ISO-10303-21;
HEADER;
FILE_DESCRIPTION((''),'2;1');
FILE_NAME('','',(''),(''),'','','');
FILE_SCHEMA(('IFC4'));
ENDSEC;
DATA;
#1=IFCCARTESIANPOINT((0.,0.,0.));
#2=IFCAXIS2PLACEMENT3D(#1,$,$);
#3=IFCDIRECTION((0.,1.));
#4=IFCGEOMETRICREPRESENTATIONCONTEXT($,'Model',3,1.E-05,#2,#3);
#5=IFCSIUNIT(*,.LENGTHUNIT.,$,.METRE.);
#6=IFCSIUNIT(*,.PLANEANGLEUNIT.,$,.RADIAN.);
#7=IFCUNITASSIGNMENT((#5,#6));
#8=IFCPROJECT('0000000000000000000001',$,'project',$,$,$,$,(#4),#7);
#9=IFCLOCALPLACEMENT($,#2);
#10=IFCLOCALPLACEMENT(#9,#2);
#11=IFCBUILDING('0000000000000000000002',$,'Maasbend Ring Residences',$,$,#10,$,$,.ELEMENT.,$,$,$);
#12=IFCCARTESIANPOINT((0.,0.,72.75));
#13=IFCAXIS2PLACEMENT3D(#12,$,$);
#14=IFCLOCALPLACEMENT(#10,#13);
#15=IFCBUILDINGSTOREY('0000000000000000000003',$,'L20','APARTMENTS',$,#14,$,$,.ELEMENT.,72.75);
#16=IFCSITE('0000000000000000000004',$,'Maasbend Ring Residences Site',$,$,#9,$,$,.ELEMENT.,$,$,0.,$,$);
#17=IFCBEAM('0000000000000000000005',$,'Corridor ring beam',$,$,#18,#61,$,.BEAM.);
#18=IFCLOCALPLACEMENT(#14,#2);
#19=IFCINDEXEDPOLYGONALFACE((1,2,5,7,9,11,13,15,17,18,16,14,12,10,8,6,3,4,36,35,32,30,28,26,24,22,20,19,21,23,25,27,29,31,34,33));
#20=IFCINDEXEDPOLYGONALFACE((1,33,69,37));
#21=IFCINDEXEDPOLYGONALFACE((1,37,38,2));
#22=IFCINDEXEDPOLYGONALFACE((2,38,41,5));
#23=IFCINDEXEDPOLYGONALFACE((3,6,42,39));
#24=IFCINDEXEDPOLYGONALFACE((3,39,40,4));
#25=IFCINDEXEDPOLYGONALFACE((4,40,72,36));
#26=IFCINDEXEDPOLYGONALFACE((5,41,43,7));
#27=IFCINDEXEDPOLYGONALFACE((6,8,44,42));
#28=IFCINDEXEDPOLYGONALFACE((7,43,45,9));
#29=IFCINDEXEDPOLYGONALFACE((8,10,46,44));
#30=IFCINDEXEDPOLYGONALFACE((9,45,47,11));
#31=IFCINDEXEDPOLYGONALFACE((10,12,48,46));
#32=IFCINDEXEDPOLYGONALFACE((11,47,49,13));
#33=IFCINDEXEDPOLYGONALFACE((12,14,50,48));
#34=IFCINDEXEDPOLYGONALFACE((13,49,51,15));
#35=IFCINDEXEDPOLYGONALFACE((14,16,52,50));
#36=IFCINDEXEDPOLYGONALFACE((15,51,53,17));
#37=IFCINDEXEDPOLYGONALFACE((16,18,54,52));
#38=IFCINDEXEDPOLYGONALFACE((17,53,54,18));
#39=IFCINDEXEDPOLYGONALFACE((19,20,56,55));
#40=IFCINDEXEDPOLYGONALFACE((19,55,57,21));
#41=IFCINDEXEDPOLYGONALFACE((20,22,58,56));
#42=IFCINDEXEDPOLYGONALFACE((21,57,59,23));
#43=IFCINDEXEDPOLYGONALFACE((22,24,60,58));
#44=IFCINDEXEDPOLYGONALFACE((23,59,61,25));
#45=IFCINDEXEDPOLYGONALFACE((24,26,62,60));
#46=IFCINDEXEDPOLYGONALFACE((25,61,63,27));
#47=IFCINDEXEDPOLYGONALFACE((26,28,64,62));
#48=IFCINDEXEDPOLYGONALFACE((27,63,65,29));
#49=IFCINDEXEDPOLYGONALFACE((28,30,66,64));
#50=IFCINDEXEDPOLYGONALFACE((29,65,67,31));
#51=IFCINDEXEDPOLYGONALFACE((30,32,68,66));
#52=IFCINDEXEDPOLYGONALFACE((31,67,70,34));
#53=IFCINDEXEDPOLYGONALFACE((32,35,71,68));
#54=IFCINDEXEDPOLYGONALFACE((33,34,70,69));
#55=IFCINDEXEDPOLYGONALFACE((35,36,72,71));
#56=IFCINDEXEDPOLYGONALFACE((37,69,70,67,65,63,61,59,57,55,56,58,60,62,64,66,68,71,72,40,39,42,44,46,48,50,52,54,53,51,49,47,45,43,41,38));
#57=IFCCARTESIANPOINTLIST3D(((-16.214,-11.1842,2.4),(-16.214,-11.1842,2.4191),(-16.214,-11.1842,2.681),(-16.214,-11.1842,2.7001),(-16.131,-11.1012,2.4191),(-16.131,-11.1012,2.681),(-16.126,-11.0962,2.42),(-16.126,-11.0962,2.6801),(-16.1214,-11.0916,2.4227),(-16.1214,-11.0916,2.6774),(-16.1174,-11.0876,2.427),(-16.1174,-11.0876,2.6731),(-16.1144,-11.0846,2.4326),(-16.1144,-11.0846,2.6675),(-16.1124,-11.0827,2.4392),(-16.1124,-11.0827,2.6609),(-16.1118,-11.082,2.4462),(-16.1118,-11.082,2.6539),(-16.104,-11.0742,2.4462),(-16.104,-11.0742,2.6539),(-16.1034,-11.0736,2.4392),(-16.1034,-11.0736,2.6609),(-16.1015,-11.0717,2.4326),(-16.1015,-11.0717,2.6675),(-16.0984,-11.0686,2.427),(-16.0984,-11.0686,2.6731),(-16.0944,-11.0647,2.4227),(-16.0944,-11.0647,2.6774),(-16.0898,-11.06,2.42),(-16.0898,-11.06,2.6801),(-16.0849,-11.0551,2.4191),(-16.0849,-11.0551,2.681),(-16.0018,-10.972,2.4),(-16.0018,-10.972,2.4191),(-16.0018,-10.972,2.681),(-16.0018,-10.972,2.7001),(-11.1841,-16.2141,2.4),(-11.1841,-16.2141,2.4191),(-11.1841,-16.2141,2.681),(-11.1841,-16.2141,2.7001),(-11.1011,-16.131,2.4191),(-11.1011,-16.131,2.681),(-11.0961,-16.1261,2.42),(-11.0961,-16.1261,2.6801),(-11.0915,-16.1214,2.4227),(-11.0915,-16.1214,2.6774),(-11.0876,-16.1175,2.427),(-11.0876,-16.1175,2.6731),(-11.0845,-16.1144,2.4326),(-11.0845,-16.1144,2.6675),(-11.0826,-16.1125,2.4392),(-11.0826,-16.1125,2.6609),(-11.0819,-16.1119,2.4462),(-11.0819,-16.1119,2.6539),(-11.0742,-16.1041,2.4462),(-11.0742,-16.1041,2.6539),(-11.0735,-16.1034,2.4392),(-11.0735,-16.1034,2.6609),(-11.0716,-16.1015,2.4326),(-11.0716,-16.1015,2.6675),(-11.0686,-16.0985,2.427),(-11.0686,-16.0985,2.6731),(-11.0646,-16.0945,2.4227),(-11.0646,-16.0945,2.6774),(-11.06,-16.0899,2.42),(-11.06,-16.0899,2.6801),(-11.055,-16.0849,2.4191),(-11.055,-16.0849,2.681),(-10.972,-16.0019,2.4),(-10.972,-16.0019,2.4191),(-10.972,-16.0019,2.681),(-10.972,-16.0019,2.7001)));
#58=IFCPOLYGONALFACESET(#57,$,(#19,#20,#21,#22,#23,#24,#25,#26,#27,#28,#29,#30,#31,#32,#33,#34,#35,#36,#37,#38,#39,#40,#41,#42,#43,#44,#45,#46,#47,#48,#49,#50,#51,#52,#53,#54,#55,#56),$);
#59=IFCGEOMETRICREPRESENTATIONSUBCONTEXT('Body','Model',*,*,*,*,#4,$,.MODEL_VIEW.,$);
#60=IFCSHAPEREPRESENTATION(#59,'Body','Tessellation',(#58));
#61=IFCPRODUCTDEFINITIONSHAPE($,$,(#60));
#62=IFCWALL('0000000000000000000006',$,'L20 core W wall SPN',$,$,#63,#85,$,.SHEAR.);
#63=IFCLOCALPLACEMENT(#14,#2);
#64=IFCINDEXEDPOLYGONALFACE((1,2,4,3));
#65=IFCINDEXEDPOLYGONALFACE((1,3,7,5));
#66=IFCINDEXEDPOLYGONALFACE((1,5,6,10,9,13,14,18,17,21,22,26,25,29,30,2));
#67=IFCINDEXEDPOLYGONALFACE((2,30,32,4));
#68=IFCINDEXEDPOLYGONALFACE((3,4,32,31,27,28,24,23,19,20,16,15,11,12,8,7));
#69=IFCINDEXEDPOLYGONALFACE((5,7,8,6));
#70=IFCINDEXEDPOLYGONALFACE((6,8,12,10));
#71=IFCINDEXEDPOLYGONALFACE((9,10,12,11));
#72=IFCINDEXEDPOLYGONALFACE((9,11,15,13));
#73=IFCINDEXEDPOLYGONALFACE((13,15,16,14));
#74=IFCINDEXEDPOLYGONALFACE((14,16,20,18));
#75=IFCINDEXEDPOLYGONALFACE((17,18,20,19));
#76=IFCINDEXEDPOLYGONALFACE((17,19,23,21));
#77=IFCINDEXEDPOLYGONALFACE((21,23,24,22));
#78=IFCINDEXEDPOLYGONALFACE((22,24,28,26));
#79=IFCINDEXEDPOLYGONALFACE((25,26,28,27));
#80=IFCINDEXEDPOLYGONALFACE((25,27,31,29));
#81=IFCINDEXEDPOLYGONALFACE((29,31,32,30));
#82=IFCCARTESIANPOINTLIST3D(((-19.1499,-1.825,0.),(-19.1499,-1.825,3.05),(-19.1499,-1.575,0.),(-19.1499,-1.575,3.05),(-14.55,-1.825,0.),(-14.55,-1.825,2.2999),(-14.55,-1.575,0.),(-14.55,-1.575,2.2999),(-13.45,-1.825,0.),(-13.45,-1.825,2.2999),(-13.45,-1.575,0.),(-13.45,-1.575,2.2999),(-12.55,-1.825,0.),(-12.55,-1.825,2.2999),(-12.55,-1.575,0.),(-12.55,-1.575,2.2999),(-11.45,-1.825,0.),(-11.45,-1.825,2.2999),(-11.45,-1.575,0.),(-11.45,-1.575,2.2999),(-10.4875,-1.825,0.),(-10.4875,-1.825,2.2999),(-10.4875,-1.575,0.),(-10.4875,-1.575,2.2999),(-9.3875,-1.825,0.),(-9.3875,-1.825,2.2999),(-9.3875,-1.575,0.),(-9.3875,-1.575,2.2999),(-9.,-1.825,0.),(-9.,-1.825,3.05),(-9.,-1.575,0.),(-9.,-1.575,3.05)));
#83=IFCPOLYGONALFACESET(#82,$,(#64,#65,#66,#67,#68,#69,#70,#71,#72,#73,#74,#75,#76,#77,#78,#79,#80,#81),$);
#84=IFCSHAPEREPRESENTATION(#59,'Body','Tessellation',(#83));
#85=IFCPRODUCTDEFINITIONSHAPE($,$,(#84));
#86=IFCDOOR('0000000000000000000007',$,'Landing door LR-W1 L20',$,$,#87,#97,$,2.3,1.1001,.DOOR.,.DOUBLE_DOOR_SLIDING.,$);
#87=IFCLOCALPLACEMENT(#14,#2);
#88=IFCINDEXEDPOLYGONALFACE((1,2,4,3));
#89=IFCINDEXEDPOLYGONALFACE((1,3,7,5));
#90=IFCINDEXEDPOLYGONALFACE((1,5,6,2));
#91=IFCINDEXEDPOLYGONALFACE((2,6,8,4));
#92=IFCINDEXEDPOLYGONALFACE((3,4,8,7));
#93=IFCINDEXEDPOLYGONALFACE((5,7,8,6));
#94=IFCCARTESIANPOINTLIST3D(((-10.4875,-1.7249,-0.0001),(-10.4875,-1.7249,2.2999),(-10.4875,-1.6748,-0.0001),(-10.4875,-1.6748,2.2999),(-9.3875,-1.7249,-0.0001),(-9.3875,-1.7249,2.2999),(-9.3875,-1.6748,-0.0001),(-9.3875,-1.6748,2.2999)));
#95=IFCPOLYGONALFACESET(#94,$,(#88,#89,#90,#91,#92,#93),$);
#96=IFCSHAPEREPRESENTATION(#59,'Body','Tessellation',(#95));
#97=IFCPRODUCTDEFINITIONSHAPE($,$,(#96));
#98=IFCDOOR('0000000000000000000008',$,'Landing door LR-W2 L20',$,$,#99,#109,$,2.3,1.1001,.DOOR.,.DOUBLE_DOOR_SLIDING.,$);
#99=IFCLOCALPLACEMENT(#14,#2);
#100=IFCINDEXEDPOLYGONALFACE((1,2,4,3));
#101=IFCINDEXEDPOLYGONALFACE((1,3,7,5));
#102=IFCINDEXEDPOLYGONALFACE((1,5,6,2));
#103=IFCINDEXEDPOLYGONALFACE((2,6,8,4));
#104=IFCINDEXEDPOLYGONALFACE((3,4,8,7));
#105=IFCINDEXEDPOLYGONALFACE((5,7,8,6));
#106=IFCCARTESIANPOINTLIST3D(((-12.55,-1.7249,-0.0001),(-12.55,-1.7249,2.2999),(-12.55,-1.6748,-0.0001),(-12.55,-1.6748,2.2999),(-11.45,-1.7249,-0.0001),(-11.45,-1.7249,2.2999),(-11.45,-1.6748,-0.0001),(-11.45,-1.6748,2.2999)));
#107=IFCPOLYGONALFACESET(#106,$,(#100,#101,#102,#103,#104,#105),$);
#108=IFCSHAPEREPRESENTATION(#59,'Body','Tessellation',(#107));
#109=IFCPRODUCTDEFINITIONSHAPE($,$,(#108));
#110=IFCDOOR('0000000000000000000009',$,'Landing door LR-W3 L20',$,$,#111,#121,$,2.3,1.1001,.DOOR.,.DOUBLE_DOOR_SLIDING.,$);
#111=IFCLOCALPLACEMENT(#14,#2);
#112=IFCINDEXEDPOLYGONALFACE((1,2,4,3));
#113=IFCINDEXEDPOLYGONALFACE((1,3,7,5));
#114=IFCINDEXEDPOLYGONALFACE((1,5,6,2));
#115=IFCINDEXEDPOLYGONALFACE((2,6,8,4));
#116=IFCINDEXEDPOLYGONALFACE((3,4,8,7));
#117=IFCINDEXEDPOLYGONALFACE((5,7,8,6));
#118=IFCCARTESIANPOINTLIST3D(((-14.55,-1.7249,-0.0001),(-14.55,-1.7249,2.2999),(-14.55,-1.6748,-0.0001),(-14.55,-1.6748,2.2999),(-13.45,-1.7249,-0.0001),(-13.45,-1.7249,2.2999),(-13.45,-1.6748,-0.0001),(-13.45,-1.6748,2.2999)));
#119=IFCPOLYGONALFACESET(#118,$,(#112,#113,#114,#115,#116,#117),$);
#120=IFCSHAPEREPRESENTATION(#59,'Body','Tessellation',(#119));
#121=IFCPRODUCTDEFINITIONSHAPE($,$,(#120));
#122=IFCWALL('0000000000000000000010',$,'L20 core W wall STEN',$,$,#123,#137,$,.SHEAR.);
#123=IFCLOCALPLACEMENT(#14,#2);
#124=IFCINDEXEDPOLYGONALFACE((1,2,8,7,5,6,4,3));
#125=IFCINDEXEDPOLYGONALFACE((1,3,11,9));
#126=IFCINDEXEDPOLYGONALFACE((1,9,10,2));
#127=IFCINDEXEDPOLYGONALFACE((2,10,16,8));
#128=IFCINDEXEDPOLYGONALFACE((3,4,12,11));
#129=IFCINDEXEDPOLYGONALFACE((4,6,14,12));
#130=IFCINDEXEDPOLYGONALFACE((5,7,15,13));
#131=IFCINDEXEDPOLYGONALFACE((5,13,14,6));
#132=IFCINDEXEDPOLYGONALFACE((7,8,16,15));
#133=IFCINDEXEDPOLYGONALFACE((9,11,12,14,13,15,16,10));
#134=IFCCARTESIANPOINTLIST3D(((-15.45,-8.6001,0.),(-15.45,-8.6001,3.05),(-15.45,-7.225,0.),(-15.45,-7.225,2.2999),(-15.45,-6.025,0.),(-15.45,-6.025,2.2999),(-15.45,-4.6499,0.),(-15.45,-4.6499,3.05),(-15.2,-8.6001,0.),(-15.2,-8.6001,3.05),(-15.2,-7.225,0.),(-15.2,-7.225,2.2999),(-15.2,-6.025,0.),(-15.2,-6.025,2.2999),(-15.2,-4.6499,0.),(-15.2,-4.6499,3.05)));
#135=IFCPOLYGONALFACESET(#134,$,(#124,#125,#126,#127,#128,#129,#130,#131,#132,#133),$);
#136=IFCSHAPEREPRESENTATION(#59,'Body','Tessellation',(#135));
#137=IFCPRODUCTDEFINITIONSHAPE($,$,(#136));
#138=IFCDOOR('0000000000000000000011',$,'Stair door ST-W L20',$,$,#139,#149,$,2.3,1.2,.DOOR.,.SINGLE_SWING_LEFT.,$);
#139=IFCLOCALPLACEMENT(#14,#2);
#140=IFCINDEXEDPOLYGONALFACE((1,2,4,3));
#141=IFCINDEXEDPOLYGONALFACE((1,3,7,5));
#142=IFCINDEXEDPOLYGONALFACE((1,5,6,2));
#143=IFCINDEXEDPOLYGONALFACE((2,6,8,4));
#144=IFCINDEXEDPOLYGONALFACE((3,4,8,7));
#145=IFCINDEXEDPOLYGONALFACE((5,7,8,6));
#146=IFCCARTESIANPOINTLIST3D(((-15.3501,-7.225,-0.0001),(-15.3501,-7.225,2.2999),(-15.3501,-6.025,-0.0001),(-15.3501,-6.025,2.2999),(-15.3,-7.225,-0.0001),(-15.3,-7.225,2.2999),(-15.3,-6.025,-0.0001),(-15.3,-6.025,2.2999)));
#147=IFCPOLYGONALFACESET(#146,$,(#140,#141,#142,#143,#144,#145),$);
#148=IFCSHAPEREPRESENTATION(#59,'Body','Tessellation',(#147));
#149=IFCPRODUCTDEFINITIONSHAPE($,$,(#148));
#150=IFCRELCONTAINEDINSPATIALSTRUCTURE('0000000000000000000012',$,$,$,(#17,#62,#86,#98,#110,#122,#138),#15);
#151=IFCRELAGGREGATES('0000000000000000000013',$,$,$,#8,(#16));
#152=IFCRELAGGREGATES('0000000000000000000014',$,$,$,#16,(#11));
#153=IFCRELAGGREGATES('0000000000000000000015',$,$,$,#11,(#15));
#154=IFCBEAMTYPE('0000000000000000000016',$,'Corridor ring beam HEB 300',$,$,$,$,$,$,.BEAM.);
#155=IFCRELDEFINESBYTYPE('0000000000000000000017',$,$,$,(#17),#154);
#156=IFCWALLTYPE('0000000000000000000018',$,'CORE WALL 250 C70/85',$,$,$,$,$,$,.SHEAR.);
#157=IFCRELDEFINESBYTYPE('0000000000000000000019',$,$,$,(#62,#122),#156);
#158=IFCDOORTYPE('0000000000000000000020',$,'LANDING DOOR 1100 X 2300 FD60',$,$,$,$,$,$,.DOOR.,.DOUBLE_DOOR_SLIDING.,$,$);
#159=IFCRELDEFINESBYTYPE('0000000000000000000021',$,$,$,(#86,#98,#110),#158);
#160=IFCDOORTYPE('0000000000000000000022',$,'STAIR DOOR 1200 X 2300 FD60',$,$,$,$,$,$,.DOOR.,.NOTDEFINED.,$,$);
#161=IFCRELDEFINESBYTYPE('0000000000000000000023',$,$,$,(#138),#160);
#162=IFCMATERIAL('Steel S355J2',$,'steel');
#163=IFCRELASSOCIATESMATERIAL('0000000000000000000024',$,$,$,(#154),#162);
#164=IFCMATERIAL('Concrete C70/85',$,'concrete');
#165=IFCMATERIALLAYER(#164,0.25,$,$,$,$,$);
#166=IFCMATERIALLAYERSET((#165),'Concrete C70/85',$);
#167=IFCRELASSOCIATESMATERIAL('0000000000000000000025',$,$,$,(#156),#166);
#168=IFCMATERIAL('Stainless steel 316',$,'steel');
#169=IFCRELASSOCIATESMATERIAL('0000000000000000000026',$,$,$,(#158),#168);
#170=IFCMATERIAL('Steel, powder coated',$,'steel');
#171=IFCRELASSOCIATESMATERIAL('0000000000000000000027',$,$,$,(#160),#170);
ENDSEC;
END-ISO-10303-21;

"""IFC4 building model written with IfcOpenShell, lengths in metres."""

from ifc_helpers import new_model, si_unit, direction, frame, frame_2d, origin, origin_2d, place, context, subcontext, project, spatial, rectangle, i_section, extrude, material, layer, layer_set, material_profile, profile_set, type_object, element, fill, save


model = new_model("IFC4")

# Units and contexts
model_context = context("Model", 3, precision=1e-05, world=origin(), true_north=direction((0.0, 1.0)))
body_context = subcontext(model_context, "Body", "Model", "MODEL_VIEW")
ifc_project = project(units=[si_unit("LENGTHUNIT", "METRE"), si_unit("PLANEANGLEUNIT", "RADIAN")], contexts=[model_context])

# Site, building, storey
site_placement = place(None, origin())
site = spatial("IfcSite", under=ifc_project, at=site_placement, Name="Maasbend Ring Residences Site", CompositionType="ELEMENT", RefElevation=0.0)
building_placement = place(site_placement, origin())
building = spatial("IfcBuilding", under=site, at=building_placement, Name="Maasbend Ring Residences", CompositionType="ELEMENT")
storey_placement = place(building_placement, frame((0.0, 0.0, 72.75)))
storey = spatial("IfcBuildingStorey", under=building, at=storey_placement, Name="L20", Description="APARTMENTS", CompositionType="ELEMENT", Elevation=72.75)

# Beam
ifc_material_1 = material(Name="Steel S355J2", Category="steel")
ifc_material_profile = material_profile(ifc_material_1, i_section(OverallWidth=0.3, OverallDepth=0.3, WebThickness=0.011, FlangeThickness=0.019, FilletRadius=0.0271, at=origin_2d()), Name="HEB 300")
ifc_profile_set = profile_set([ifc_material_profile], Name="Steel S355J2")
beam_type = type_object("IfcBeamType", Name="Corridor ring beam HEB 300", PredefinedType="BEAM", material=ifc_profile_set)
beam_placement = place(storey_placement, frame((-16.1079, -11.0781, 2.55), z_axis=(0.707107, -0.707107, 0.0), x_axis=(0.707107, 0.707107, 0.0)))
element("IfcBeam", 1, at=beam_placement, inside=storey, type_object=beam_type, Name="Corridor ring beam", PredefinedType="BEAM", context=body_context, shape_type="SweptSolid", body=[
    extrude(i_section(OverallWidth=0.3, OverallDepth=0.3, WebThickness=0.011, FlangeThickness=0.019, FilletRadius=0.0271, at=origin_2d()), origin(), (0.0, 0.0, 1.0), 7.1133),
])

# Wall, openings, doors
ifc_material_2 = material(Name="Concrete C70/85", Category="concrete")
ifc_layer_1 = layer(ifc_material_2, 0.25)
ifc_layer_set_1 = layer_set([ifc_layer_1], Name="Concrete C70/85")
wall_type_1 = type_object("IfcWallType", Name="CORE WALL 250 C70/85", PredefinedType="SHEAR", material=ifc_layer_set_1)
wall_1_placement = place(storey_placement, frame((-9.0, -1.7, 0.0), z_axis=(0.0, 0.0, 1.0), x_axis=(-1.0, 0.0, 0.0)))
wall_1 = element("IfcWall", 2, at=wall_1_placement, inside=storey, type_object=wall_type_1, Name="L20 core W wall SPN", PredefinedType="SHEAR", context=body_context, shape_type="SweptSolid", body=[
    extrude(rectangle(XDim=10.1499, YDim=0.25, at=frame_2d((5.075, 0.0))), origin(), (0.0, 0.0, 1.0), 3.05),
])
opening_1_placement = place(wall_1_placement, frame((0.3875, 0.0, 0.0)))
opening_1 = element("IfcOpeningElement", 3, at=opening_1_placement, cuts=wall_1, PredefinedType="OPENING", context=body_context, shape_type="SweptSolid", body=[
    extrude(rectangle(XDim=1.1001, YDim=2.3, at=frame_2d((0.55, 1.1499))), frame((0.0, 0.135, 0.0), z_axis=(0.0, -1.0, 0.0), x_axis=(1.0, 0.0, 0.0)), (0.0, 0.0, 1.0), 0.27),
])
opening_2_placement = place(wall_1_placement, frame((2.45, 0.0, 0.0)))
opening_2 = element("IfcOpeningElement", 4, at=opening_2_placement, cuts=wall_1, PredefinedType="OPENING", context=body_context, shape_type="SweptSolid", body=[
    extrude(rectangle(XDim=1.1001, YDim=2.3, at=frame_2d((0.55, 1.1499))), frame((0.0, 0.135, 0.0), z_axis=(0.0, -1.0, 0.0), x_axis=(1.0, 0.0, 0.0)), (0.0, 0.0, 1.0), 0.27),
])
opening_3_placement = place(wall_1_placement, frame((4.45, 0.0, 0.0)))
opening_3 = element("IfcOpeningElement", 5, at=opening_3_placement, cuts=wall_1, PredefinedType="OPENING", context=body_context, shape_type="SweptSolid", body=[
    extrude(rectangle(XDim=1.1001, YDim=2.3, at=frame_2d((0.55, 1.1499))), frame((0.0, 0.135, 0.0), z_axis=(0.0, -1.0, 0.0), x_axis=(1.0, 0.0, 0.0)), (0.0, 0.0, 1.0), 0.27),
])
ifc_material_3 = material(Name="Stainless steel 316", Category="steel")
door_type_1 = type_object("IfcDoorType", Name="LANDING DOOR 1100 X 2300 FD60", OperationType="DOUBLE_DOOR_SLIDING", PredefinedType="DOOR", material=ifc_material_3)
door_1_placement = place(opening_1_placement, origin())
door_1 = element("IfcDoor", 6, at=door_1_placement, inside=storey, type_object=door_type_1, Name="Landing door LR-W1 L20", OperationType="DOUBLE_DOOR_SLIDING", OverallHeight=2.3, OverallWidth=1.1001, PredefinedType="DOOR", context=body_context, shape_type="SweptSolid", body=[
    extrude(rectangle(XDim=1.1001, YDim=2.3, at=frame_2d((0.55, 1.1499))), frame((0.0, 0.0249, 0.0), z_axis=(0.0, -1.0, 0.0), x_axis=(1.0, 0.0, 0.0)), (0.0, 0.0, 1.0), 0.05),
])
fill(opening_1, door_1)
door_2_placement = place(opening_2_placement, origin())
door_2 = element("IfcDoor", 7, at=door_2_placement, inside=storey, type_object=door_type_1, Name="Landing door LR-W2 L20", OperationType="DOUBLE_DOOR_SLIDING", OverallHeight=2.3, OverallWidth=1.1001, PredefinedType="DOOR", context=body_context, shape_type="SweptSolid", body=[
    extrude(rectangle(XDim=1.1001, YDim=2.3, at=frame_2d((0.55, 1.1499))), frame((0.0, 0.0249, 0.0), z_axis=(0.0, -1.0, 0.0), x_axis=(1.0, 0.0, 0.0)), (0.0, 0.0, 1.0), 0.05),
])
fill(opening_2, door_2)
door_3_placement = place(opening_3_placement, origin())
door_3 = element("IfcDoor", 8, at=door_3_placement, inside=storey, type_object=door_type_1, Name="Landing door LR-W3 L20", OperationType="DOUBLE_DOOR_SLIDING", OverallHeight=2.3, OverallWidth=1.1001, PredefinedType="DOOR", context=body_context, shape_type="SweptSolid", body=[
    extrude(rectangle(XDim=1.1001, YDim=2.3, at=frame_2d((0.55, 1.1499))), frame((0.0, 0.0249, 0.0), z_axis=(0.0, -1.0, 0.0), x_axis=(1.0, 0.0, 0.0)), (0.0, 0.0, 1.0), 0.05),
])
fill(opening_3, door_3)

# Wall, opening, door
wall_2_placement = place(storey_placement, frame((-15.325, -4.6499, 0.0), z_axis=(0.0, 0.0, 1.0), x_axis=(0.0, -1.0, 0.0)))
wall_2 = element("IfcWall", 9, at=wall_2_placement, inside=storey, type_object=wall_type_1, Name="L20 core W wall STEN", PredefinedType="SHEAR", context=body_context, shape_type="SweptSolid", body=[
    extrude(rectangle(XDim=3.9502, YDim=0.25, at=frame_2d((1.9751, 0.0))), origin(), (0.0, 0.0, 1.0), 3.05),
])
opening_4_placement = place(wall_2_placement, frame((1.375, 0.0, 0.0)))
opening_4 = element("IfcOpeningElement", 10, at=opening_4_placement, cuts=wall_2, PredefinedType="OPENING", context=body_context, shape_type="SweptSolid", body=[
    extrude(rectangle(XDim=1.2, YDim=2.3, at=frame_2d((0.6001, 1.1499))), frame((0.0, 0.135, 0.0), z_axis=(0.0, -1.0, 0.0), x_axis=(1.0, 0.0, 0.0)), (0.0, 0.0, 1.0), 0.27),
])
ifc_material_4 = material(Name="Steel, powder coated", Category="steel")
door_type_2 = type_object("IfcDoorType", Name="STAIR DOOR 1200 X 2300 FD60", OperationType="NOTDEFINED", PredefinedType="DOOR", material=ifc_material_4)
door_4_placement = place(opening_4_placement, origin())
door_4 = element("IfcDoor", 11, at=door_4_placement, inside=storey, type_object=door_type_2, Name="Stair door ST-W L20", OperationType="SINGLE_SWING_LEFT", OverallHeight=2.3, OverallWidth=1.2, PredefinedType="DOOR", context=body_context, shape_type="SweptSolid", body=[
    extrude(rectangle(XDim=1.2, YDim=2.3, at=frame_2d((0.6001, 1.1499))), frame((0.0, 0.0249, 0.0), z_axis=(0.0, -1.0, 0.0), x_axis=(1.0, 0.0, 0.0)), (0.0, 0.0, 1.0), 0.05),
])
fill(opening_4, door_4)

save(model, "model.ifc")
